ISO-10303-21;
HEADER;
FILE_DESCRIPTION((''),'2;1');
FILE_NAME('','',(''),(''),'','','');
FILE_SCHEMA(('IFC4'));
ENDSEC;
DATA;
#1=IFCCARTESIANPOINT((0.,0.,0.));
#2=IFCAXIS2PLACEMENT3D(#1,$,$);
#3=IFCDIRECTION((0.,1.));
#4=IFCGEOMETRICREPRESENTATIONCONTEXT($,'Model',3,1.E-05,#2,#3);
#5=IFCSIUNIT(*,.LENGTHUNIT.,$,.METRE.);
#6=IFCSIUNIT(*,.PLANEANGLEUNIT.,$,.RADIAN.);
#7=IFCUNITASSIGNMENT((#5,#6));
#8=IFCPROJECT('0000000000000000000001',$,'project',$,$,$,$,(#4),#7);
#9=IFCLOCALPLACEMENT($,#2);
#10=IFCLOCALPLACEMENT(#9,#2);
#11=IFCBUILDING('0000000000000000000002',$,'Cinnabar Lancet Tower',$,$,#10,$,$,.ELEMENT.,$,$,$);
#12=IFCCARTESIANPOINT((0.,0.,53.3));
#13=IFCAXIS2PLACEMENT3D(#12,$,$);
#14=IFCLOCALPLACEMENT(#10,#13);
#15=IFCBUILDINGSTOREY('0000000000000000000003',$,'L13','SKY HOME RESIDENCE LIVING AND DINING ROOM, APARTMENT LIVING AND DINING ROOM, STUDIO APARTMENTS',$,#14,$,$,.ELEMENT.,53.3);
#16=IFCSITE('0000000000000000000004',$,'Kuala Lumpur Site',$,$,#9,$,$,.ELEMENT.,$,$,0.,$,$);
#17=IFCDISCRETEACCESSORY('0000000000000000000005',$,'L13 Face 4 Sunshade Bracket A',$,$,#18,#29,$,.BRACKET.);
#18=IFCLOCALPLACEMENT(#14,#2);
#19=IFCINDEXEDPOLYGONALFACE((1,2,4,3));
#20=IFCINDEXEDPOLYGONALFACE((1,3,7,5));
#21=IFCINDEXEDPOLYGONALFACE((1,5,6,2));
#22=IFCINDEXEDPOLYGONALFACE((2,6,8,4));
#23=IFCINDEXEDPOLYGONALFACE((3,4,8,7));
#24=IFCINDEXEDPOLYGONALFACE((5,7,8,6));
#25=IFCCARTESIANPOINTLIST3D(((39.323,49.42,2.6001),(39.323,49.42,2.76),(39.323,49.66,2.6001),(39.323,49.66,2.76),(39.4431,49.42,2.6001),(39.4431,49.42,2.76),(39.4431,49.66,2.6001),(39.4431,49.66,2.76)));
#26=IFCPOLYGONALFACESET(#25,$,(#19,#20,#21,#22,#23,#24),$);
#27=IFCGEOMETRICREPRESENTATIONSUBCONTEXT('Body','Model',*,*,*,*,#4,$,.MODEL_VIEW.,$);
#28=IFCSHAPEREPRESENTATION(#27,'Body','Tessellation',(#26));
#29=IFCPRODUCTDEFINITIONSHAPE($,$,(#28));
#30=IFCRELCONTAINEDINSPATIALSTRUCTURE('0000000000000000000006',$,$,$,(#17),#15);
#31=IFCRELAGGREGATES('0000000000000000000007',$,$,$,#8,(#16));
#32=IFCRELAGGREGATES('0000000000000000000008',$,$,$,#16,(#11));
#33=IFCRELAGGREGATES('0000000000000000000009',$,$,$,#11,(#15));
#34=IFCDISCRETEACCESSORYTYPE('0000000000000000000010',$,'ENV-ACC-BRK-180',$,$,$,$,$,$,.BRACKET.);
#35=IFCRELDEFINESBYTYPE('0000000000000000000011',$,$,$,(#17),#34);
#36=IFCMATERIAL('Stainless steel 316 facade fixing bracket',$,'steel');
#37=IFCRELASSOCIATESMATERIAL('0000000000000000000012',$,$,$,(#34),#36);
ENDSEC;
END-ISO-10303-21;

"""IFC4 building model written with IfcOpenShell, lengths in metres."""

from ifc_helpers import new_model, si_unit, direction, frame, origin, origin_2d, place, context, subcontext, project, spatial, rectangle, extrude, material, type_object, element, save


model = new_model("IFC4")

# Units and contexts
model_context = context("Model", 3, precision=1e-05, world=origin(), true_north=direction((0.0, 1.0)))
body_context = subcontext(model_context, "Body", "Model", "MODEL_VIEW")
ifc_project = project(units=[si_unit("LENGTHUNIT", "METRE"), si_unit("PLANEANGLEUNIT", "RADIAN")], contexts=[model_context])

# Site, building, storey
site_placement = place(None, origin())
site = spatial("IfcSite", under=ifc_project, at=site_placement, Name="Kuala Lumpur Site", CompositionType="ELEMENT", RefElevation=0.0)
building_placement = place(site_placement, origin())
building = spatial("IfcBuilding", under=site, at=building_placement, Name="Cinnabar Lancet Tower", CompositionType="ELEMENT")
storey_placement = place(building_placement, frame((0.0, 0.0, 53.3)))
storey = spatial("IfcBuildingStorey", under=building, at=storey_placement, Name="L13", Description="SKY HOME RESIDENCE LIVING AND DINING ROOM, APARTMENT LIVING AND DINING ROOM, STUDIO APARTMENTS", CompositionType="ELEMENT", Elevation=53.3)

# Discrete accessory
ifc_material_1 = material(Name="Stainless steel 316 facade fixing bracket", Category="steel")
discrete_accessory_type = type_object("IfcDiscreteAccessoryType", Name="ENV-ACC-BRK-180", PredefinedType="BRACKET", material=ifc_material_1)
discrete_accessory_placement = place(storey_placement, frame((39.3831, 49.54, 2.6001), z_axis=(0.0, 0.0, 1.0), x_axis=(-1.0, 0.0, 0.0)))
element("IfcDiscreteAccessory", 1, at=discrete_accessory_placement, inside=storey, type_object=discrete_accessory_type, Name="L13 Face 4 Sunshade Bracket A", PredefinedType="BRACKET", context=body_context, shape_type="SweptSolid", body=[
    extrude(rectangle(XDim=0.1201, YDim=0.24, at=origin_2d()), origin(), (0.0, 0.0, 1.0), 0.1599),
])

save(model, "model.ifc")
